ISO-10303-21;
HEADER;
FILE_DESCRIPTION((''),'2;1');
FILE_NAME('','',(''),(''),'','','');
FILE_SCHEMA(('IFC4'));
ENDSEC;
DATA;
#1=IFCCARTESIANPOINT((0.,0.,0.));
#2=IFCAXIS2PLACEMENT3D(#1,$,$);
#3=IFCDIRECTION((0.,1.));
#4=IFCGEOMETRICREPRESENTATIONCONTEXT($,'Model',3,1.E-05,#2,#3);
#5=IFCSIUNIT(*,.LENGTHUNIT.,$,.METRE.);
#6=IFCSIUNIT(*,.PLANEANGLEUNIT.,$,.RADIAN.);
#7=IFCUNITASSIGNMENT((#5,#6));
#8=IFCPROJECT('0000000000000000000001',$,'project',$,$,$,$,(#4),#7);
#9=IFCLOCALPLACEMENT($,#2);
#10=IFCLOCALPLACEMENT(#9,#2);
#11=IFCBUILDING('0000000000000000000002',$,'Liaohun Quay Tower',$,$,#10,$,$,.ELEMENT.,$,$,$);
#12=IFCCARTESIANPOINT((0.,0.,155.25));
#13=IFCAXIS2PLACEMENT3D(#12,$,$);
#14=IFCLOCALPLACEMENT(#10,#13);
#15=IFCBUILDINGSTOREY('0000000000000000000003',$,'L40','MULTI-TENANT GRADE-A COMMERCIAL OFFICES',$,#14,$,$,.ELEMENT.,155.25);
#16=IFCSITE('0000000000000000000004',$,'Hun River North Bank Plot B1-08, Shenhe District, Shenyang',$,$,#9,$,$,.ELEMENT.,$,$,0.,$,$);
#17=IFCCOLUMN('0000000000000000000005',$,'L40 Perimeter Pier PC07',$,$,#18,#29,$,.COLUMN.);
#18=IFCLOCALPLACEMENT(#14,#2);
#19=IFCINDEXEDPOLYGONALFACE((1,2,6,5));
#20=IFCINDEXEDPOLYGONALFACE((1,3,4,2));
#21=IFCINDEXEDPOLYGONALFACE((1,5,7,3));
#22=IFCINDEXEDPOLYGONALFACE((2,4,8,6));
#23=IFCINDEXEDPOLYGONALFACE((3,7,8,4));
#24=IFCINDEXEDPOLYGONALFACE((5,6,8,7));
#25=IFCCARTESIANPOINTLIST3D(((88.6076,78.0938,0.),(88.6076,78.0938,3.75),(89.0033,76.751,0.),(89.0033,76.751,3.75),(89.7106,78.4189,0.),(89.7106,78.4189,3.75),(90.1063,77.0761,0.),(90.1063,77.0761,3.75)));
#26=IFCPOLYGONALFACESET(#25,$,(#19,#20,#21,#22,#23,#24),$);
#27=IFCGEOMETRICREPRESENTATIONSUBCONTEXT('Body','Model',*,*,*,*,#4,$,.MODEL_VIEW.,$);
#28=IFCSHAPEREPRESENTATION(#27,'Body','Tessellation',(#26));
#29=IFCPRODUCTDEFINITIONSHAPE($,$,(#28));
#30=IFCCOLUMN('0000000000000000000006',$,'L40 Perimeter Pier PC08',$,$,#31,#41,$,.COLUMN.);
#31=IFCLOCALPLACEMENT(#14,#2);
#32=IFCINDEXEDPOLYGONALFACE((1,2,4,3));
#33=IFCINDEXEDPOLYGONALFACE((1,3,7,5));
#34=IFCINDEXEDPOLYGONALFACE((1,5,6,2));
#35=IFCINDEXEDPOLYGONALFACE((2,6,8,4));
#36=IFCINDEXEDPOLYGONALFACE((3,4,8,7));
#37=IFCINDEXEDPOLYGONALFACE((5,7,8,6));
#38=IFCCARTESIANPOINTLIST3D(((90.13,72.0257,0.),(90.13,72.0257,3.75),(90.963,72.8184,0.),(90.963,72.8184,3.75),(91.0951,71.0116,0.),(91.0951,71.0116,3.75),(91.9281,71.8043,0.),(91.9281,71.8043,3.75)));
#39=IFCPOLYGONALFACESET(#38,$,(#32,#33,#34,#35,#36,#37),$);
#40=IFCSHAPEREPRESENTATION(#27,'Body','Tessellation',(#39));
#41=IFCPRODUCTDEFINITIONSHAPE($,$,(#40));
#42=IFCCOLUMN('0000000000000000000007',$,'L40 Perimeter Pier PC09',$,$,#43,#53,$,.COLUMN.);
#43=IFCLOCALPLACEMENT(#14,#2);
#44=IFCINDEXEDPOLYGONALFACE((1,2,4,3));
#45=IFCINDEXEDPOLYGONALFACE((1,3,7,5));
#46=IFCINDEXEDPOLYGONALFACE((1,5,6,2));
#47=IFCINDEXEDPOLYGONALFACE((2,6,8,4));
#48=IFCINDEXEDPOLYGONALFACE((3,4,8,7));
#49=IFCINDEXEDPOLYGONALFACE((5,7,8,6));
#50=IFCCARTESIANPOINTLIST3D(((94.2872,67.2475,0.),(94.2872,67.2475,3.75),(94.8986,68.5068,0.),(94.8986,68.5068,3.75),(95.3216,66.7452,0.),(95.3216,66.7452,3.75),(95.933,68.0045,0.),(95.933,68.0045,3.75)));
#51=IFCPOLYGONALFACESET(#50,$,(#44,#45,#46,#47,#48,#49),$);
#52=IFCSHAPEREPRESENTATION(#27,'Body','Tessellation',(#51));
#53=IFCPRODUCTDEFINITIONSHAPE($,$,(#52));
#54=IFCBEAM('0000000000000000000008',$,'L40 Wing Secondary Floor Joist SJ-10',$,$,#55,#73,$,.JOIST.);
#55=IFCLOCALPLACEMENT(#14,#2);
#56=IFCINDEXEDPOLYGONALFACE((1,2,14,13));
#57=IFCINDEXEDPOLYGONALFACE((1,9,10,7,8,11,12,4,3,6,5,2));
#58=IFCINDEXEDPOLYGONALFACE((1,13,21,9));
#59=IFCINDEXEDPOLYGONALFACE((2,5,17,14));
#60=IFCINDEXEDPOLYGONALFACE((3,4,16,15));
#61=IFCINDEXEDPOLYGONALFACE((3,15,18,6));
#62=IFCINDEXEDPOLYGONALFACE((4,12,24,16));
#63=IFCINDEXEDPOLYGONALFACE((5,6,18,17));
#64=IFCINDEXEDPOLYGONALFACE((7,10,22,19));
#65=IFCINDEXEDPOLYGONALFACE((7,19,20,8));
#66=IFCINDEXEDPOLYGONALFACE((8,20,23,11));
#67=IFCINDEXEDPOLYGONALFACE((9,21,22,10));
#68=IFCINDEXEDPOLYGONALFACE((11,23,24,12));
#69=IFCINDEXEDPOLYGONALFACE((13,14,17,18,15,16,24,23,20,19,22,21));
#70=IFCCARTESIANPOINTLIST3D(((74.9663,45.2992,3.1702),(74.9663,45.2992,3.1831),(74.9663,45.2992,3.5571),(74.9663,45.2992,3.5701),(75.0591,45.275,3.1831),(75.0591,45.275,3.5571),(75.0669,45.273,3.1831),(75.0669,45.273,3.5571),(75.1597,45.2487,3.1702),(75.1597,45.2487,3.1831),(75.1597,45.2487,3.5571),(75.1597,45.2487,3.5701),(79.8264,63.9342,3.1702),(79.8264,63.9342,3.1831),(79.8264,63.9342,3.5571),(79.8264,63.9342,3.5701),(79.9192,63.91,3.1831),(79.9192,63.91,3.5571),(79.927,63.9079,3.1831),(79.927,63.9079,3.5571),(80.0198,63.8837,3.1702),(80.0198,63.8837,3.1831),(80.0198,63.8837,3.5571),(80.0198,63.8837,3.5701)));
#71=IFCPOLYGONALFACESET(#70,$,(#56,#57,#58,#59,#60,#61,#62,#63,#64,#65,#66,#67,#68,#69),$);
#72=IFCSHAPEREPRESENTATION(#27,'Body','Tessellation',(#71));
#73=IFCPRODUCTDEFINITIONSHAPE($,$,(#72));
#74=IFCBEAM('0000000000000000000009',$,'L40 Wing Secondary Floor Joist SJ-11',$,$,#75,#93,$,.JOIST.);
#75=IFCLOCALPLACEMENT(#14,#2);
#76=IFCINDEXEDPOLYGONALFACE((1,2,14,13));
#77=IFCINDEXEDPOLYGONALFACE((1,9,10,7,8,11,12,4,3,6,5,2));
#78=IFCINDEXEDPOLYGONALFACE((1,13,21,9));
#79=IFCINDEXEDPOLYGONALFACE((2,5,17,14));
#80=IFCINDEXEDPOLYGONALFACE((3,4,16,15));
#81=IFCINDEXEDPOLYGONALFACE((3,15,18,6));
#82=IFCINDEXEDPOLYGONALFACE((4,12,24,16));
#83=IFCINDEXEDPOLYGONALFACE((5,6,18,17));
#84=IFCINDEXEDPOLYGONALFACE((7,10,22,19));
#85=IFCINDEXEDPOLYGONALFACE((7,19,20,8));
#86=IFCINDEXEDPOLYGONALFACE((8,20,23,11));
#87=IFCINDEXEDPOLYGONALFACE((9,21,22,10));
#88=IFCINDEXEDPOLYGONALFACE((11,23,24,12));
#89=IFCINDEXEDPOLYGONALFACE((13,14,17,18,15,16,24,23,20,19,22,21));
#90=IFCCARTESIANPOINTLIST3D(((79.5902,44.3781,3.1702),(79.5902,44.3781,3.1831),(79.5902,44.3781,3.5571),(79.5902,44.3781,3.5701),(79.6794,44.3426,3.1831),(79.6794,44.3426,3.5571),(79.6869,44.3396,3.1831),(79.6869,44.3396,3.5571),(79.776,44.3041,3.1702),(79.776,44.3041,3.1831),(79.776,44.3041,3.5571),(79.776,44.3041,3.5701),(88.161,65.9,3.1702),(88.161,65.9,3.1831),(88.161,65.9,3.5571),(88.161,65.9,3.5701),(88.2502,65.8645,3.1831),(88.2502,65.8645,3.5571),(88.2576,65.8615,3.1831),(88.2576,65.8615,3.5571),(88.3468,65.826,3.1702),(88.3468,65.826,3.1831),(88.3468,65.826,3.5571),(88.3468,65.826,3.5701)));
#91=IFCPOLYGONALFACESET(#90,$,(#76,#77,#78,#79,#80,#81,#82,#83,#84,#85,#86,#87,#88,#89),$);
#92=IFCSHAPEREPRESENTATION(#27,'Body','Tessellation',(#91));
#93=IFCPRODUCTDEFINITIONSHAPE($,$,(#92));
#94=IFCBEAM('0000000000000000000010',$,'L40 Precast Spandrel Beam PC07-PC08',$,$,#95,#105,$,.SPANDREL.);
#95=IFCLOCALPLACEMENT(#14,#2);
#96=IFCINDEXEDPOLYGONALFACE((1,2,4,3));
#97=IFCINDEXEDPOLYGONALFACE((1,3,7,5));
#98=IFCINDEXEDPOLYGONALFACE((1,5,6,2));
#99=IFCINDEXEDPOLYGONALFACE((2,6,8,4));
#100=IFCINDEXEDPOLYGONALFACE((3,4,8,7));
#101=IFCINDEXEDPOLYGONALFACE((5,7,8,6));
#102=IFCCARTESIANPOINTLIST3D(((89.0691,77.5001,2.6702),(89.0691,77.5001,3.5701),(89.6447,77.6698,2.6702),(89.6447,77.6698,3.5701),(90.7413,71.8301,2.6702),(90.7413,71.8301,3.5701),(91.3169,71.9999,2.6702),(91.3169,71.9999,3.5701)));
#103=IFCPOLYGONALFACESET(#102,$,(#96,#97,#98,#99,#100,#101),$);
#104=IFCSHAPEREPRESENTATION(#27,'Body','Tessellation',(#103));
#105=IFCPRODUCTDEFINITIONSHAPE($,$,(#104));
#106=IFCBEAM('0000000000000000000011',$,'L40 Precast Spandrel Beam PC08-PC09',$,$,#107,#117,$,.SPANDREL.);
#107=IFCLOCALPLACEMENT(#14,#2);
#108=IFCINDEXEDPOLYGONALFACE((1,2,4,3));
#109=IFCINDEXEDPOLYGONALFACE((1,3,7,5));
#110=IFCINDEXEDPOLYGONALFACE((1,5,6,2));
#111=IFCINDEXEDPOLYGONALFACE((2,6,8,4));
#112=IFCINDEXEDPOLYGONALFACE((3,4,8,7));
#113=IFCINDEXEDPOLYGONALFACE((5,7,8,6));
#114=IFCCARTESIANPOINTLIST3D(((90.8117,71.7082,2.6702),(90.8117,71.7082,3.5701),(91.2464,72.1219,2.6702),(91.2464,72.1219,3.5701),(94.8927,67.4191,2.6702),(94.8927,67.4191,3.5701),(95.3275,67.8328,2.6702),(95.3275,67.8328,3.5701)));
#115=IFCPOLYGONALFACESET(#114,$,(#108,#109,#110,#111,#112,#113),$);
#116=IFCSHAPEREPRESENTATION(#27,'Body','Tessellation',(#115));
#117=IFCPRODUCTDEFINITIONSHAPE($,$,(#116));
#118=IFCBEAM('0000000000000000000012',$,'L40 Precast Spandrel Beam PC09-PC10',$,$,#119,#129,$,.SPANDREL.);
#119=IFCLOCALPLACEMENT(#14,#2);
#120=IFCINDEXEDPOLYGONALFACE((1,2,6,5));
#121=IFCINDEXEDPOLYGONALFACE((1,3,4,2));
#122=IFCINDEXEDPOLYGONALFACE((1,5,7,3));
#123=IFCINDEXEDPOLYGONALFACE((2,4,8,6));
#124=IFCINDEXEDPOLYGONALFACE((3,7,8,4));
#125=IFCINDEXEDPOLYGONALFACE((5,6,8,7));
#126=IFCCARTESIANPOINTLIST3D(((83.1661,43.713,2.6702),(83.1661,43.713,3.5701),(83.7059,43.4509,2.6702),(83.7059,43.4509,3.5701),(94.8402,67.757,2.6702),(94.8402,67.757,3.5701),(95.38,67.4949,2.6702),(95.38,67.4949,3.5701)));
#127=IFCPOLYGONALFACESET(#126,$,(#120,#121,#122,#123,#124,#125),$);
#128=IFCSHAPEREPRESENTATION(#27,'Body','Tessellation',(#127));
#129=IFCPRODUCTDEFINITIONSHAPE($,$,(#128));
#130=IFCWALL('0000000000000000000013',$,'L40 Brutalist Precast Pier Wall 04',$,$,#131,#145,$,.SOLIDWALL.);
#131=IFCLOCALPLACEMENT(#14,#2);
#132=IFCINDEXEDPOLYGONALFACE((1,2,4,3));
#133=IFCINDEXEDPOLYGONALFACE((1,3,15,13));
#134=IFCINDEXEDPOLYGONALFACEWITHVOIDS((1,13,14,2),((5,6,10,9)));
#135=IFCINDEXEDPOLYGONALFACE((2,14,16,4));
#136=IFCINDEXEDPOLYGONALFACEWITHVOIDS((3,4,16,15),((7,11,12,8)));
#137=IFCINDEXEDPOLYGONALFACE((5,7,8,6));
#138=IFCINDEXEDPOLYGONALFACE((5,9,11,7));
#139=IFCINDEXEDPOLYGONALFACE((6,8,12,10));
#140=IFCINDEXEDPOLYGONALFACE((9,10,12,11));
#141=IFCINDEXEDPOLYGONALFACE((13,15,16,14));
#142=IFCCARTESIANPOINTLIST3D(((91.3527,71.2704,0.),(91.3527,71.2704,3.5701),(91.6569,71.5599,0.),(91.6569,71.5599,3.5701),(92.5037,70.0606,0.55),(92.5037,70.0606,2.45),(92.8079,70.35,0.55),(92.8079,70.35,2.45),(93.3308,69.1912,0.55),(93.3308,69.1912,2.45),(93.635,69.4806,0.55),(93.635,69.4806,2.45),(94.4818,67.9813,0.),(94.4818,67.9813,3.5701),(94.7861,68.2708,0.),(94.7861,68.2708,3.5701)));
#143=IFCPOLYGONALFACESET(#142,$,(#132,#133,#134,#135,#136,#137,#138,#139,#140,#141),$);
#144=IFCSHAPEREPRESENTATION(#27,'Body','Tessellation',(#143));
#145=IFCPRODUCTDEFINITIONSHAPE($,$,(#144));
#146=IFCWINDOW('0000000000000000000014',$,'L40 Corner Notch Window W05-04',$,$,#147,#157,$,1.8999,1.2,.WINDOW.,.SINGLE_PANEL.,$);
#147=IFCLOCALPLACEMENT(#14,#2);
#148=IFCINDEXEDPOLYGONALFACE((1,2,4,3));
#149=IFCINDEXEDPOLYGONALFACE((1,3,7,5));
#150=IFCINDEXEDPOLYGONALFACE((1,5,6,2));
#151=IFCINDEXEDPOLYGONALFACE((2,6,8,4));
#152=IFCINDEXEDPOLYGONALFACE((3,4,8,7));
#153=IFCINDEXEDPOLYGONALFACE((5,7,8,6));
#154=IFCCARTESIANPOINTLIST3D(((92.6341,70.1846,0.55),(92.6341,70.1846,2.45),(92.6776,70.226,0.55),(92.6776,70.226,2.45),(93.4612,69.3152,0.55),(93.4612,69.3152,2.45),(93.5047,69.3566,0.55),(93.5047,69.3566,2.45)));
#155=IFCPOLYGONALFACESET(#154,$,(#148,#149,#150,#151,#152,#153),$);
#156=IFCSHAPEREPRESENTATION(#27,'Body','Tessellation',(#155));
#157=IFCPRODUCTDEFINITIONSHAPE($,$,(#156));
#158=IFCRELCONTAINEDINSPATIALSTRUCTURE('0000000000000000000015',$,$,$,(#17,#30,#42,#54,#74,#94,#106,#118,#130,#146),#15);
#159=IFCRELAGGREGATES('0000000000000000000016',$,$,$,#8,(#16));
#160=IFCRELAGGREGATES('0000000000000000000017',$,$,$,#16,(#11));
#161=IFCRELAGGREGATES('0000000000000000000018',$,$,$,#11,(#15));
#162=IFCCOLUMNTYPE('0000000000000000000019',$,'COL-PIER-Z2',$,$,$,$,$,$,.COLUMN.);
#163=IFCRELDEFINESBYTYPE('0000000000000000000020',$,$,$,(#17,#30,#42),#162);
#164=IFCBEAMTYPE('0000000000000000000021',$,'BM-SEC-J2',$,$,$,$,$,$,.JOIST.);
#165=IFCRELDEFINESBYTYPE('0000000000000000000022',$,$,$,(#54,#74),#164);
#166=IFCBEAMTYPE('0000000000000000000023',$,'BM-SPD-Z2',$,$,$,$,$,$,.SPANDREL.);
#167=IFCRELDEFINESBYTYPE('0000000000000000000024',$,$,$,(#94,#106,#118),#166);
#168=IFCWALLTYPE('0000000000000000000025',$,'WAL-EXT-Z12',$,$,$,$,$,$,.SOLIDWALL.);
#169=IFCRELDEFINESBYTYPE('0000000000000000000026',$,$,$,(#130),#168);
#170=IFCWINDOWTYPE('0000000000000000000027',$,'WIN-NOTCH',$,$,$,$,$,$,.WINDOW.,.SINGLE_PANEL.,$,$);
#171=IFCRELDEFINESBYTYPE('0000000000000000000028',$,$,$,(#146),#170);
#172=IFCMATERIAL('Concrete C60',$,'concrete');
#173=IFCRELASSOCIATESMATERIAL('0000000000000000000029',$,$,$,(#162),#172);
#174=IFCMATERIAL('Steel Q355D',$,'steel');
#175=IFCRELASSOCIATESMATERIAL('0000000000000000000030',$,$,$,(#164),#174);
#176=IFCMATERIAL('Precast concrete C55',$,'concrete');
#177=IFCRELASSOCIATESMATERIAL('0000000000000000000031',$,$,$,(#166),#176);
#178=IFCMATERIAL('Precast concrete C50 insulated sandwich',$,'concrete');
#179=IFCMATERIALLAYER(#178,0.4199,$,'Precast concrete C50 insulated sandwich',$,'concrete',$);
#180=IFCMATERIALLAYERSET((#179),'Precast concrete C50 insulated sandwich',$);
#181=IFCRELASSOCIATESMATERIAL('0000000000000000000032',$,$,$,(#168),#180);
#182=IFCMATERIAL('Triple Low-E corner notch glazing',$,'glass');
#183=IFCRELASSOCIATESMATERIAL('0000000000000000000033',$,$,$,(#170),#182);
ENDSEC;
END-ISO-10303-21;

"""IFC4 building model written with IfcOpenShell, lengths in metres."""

from ifc_helpers import new_model, si_unit, direction, frame, frame_2d, origin, origin_2d, place, context, subcontext, project, spatial, rectangle, i_section, extrude, source, transform, mapped, material, layer, layer_set, material_profile, profile_set, type_object, element, fill, save


model = new_model("IFC4")

# Units and contexts
model_context = context("Model", 3, precision=1e-05, world=origin(), true_north=direction((0.0, 1.0)))
body_context = subcontext(model_context, "Body", "Model", "MODEL_VIEW")
ifc_project = project(units=[si_unit("LENGTHUNIT", "METRE"), si_unit("PLANEANGLEUNIT", "RADIAN")], contexts=[model_context])

# Site, building, storey
site_placement = place(None, origin())
site = spatial("IfcSite", under=ifc_project, at=site_placement, Name="Hun River North Bank Plot B1-08, Shenhe District, Shenyang", CompositionType="ELEMENT", RefElevation=0.0)
building_placement = place(site_placement, origin())
building = spatial("IfcBuilding", under=site, at=building_placement, Name="Liaohun Quay Tower", CompositionType="ELEMENT")
storey_placement = place(building_placement, frame((0.0, 0.0, 155.25)))
storey = spatial("IfcBuildingStorey", under=building, at=storey_placement, Name="L40", Description="MULTI-TENANT GRADE-A COMMERCIAL OFFICES", CompositionType="ELEMENT", Elevation=155.25)

# Columns
ifc_material_1 = material(Name="Concrete C60", Category="concrete")
ifc_material_profile_1 = material_profile(ifc_material_1, rectangle(XDim=1.3999, YDim=1.1499, at=origin_2d()), Name="RC1400x1150")
ifc_profile_set_1 = profile_set([ifc_material_profile_1], Name="Concrete C60")
column_type = type_object("IfcColumnType", Name="COL-PIER-Z2", PredefinedType="COLUMN", material=ifc_profile_set_1)
shared_shape_1 = source(origin(), body_context, "Body", "SweptSolid", [
    extrude(rectangle(XDim=1.3999, YDim=1.1499, at=origin_2d()), origin(), (0.0, 0.0, 1.0), 3.75),
])
for number, where, z_axis, x_axis, name in (
    (1, (89.3569, 77.585, 0.0), (0.0, 0.0, 1.0), (-0.282676, 0.959215, 0.0), "L40 Perimeter Pier PC07"),
    (2, (91.0291, 71.915, 0.0), (0.0, 0.0, 1.0), (-0.689367, 0.724413, 0.0), "L40 Perimeter Pier PC08"),
    (3, (95.1101, 67.626, 0.0), (0.0, 0.0, 1.0), (0.436802, 0.899558, 0.0), "L40 Perimeter Pier PC09"),
):
    element("IfcColumn", number, at=place(storey_placement, frame(where, z_axis=z_axis, x_axis=x_axis)), inside=storey, type_object=column_type, Name=name, PredefinedType="COLUMN", context=body_context, shape_type="MappedRepresentation", body=[
        mapped(shared_shape_1, transform((0.0, 0.0, 0.0), x_axis=(1.0, 0.0, 0.0), y_axis=(0.0, 1.0, 0.0), z_axis=(0.0, 0.0, 1.0), scale=1.0)),
    ])

# Beams
ifc_material_2 = material(Name="Steel Q355D", Category="steel")
ifc_material_profile_2 = material_profile(ifc_material_2, i_section(OverallWidth=0.2, OverallDepth=0.3999, WebThickness=0.0081, FlangeThickness=0.0129, at=origin_2d()), Name="HN400x200x8x13")
ifc_profile_set_2 = profile_set([ifc_material_profile_2], Name="Steel Q355D")
beam_type_1 = type_object("IfcBeamType", Name="BM-SEC-J2", PredefinedType="JOIST", material=ifc_profile_set_2)
shared_shape_2 = source(origin(), body_context, "Body", "SweptSolid", [
    extrude(i_section(OverallWidth=0.2, OverallDepth=0.3999, WebThickness=0.0081, FlangeThickness=0.0129, at=origin_2d()), origin(), (0.0, 0.0, 1.0), 19.2583),
])
beam_1_placement = place(storey_placement, frame((79.9231, 63.9089, 3.3701), z_axis=(-0.252364, -0.967632, 0.0), x_axis=(0.967632, -0.252364, 0.0)))
element("IfcBeam", 4, at=beam_1_placement, inside=storey, type_object=beam_type_1, Name="L40 Wing Secondary Floor Joist SJ-10", PredefinedType="JOIST", context=body_context, shape_type="MappedRepresentation", body=[
    mapped(shared_shape_2, transform((0.0, 0.0, 0.0), x_axis=(1.0, 0.0, 0.0), y_axis=(0.0, 1.0, 0.0), z_axis=(0.0, 0.0, 1.0), scale=1.0)),
])
shared_shape_3 = source(origin(), body_context, "Body", "SweptSolid", [
    extrude(i_section(OverallWidth=0.2, OverallDepth=0.3999, WebThickness=0.0081, FlangeThickness=0.0129, at=origin_2d()), origin(), (0.0, 0.0, 1.0), 23.1658),
])
beam_2_placement = place(storey_placement, frame((88.2539, 65.863, 3.3701), z_axis=(-0.369977, -0.929041, 0.0), x_axis=(0.929041, -0.369977, 0.0)))
element("IfcBeam", 5, at=beam_2_placement, inside=storey, type_object=beam_type_1, Name="L40 Wing Secondary Floor Joist SJ-11", PredefinedType="JOIST", context=body_context, shape_type="MappedRepresentation", body=[
    mapped(shared_shape_3, transform((0.0, 0.0, 0.0), x_axis=(1.0, 0.0, 0.0), y_axis=(0.0, 1.0, 0.0), z_axis=(0.0, 0.0, 1.0), scale=1.0)),
])
ifc_material_3 = material(Name="Precast concrete C55", Category="concrete")
ifc_material_profile_3 = material_profile(ifc_material_3, rectangle(XDim=0.6001, YDim=0.8999, at=origin_2d()), Name="RC600x900")
ifc_profile_set_3 = profile_set([ifc_material_profile_3], Name="Precast concrete C55")
beam_type_2 = type_object("IfcBeamType", Name="BM-SPD-Z2", PredefinedType="SPANDREL", material=ifc_profile_set_3)
shared_shape_4 = source(origin(), body_context, "Body", "SweptSolid", [
    extrude(rectangle(XDim=0.6001, YDim=0.8999, at=origin_2d()), origin(), (0.0, 0.0, 1.0), 5.9114),
])
beam_3_placement = place(storey_placement, frame((89.3569, 77.585, 3.1201), z_axis=(0.282866, -0.959159, 0.0), x_axis=(0.959159, 0.282866, 0.0)))
element("IfcBeam", 6, at=beam_3_placement, inside=storey, type_object=beam_type_2, Name="L40 Precast Spandrel Beam PC07-PC08", PredefinedType="SPANDREL", context=body_context, shape_type="MappedRepresentation", body=[
    mapped(shared_shape_4, transform((0.0, 0.0, 0.0), x_axis=(1.0, 0.0, 0.0), y_axis=(0.0, 1.0, 0.0), z_axis=(0.0, 0.0, 1.0), scale=1.0)),
])
shared_shape_5 = source(origin(), body_context, "Body", "SweptSolid", [
    extrude(rectangle(XDim=0.6001, YDim=0.8999, at=origin_2d()), origin(), (0.0, 0.0, 1.0), 5.9204),
])
beam_4_placement = place(storey_placement, frame((91.0291, 71.915, 3.1201), z_axis=(0.689321, -0.724456, 0.0), x_axis=(0.724456, 0.689321, 0.0)))
element("IfcBeam", 7, at=beam_4_placement, inside=storey, type_object=beam_type_2, Name="L40 Precast Spandrel Beam PC08-PC09", PredefinedType="SPANDREL", context=body_context, shape_type="MappedRepresentation", body=[
    mapped(shared_shape_5, transform((0.0, 0.0, 0.0), x_axis=(1.0, 0.0, 0.0), y_axis=(0.0, 1.0, 0.0), z_axis=(0.0, 0.0, 1.0), scale=1.0)),
])
shared_shape_6 = source(origin(), body_context, "Body", "SweptSolid", [
    extrude(rectangle(XDim=0.6001, YDim=0.8999, at=origin_2d()), origin(), (0.0, 0.0, 1.0), 26.7283),
])
beam_5_placement = place(storey_placement, frame((95.1101, 67.626, 3.1201), z_axis=(-0.43677, -0.899573, 0.0), x_axis=(0.899573, -0.43677, 0.0)))
element("IfcBeam", 8, at=beam_5_placement, inside=storey, type_object=beam_type_2, Name="L40 Precast Spandrel Beam PC09-PC10", PredefinedType="SPANDREL", context=body_context, shape_type="MappedRepresentation", body=[
    mapped(shared_shape_6, transform((0.0, 0.0, 0.0), x_axis=(1.0, 0.0, 0.0), y_axis=(0.0, 1.0, 0.0), z_axis=(0.0, 0.0, 1.0), scale=1.0)),
])

# Wall, opening, window
ifc_material_4 = material(Name="Precast concrete C50 insulated sandwich", Category="concrete")
ifc_layer_1 = layer(ifc_material_4, 0.4199, Name="Precast concrete C50 insulated sandwich", Category="concrete")
ifc_layer_set_1 = layer_set([ifc_layer_1], Name="Precast concrete C50 insulated sandwich")
wall_type_1 = type_object("IfcWallType", Name="WAL-EXT-Z12", PredefinedType="SOLIDWALL", material=ifc_layer_set_1)
wall_1_placement = place(storey_placement, frame((94.634, 68.126, 0.0), z_axis=(0.0, 0.0, 1.0), x_axis=(-0.689275, 0.7245, 0.0)))
wall_1 = element("IfcWall", 9, at=wall_1_placement, inside=storey, type_object=wall_type_1, Name="L40 Brutalist Precast Pier Wall 04", PredefinedType="SOLIDWALL", context=body_context, shape_type="SweptSolid", body=[
    extrude(rectangle(XDim=4.5398, YDim=0.4199, at=frame_2d((2.27, 0.0))), origin(), (0.0, 0.0, 1.0), 3.5701),
])
shared_shape_7 = source(origin(), body_context, "Body", "SweptSolid", [
    extrude(rectangle(XDim=1.2, YDim=1.8999, at=frame_2d((0.6001, 0.95))), frame((0.0, 0.22, 0.0), z_axis=(0.0, -1.0, 0.0), x_axis=(1.0, 0.0, 0.0)), (0.0, 0.0, 1.0), 0.4399),
])
opening_1_placement = place(wall_1_placement, frame((1.6699, 0.0, 0.55)))
opening_1 = element("IfcOpeningElement", 10, at=opening_1_placement, cuts=wall_1, PredefinedType="OPENING", context=body_context, shape_type="MappedRepresentation", body=[
    mapped(shared_shape_7, transform((0.0, 0.0, 0.0), x_axis=(1.0, 0.0, 0.0), y_axis=(0.0, 1.0, 0.0), z_axis=(0.0, 0.0, 1.0), scale=1.0)),
])
ifc_material_5 = material(Name="Triple Low-E corner notch glazing", Category="glass")
window_type_1 = type_object("IfcWindowType", Name="WIN-NOTCH", PartitioningType="SINGLE_PANEL", PredefinedType="WINDOW", material=ifc_material_5)
shared_shape_8 = source(origin(), body_context, "Body", "SweptSolid", [
    extrude(rectangle(XDim=1.2, YDim=1.8999, at=frame_2d((0.6001, 0.95))), frame((0.0, 0.03, 0.0), z_axis=(0.0, -1.0, 0.0), x_axis=(1.0, 0.0, 0.0)), (0.0, 0.0, 1.0), 0.0601),
])
window_1_placement = place(opening_1_placement, origin())
window_1 = element("IfcWindow", 11, at=window_1_placement, inside=storey, type_object=window_type_1, Name="L40 Corner Notch Window W05-04", OverallHeight=1.8999, OverallWidth=1.2, PartitioningType="SINGLE_PANEL", PredefinedType="WINDOW", context=body_context, shape_type="MappedRepresentation", body=[
    mapped(shared_shape_8, transform((0.0, 0.0, 0.0), x_axis=(1.0, 0.0, 0.0), y_axis=(0.0, 1.0, 0.0), z_axis=(0.0, 0.0, 1.0), scale=1.0)),
])
fill(opening_1, window_1)

save(model, "model.ifc")
